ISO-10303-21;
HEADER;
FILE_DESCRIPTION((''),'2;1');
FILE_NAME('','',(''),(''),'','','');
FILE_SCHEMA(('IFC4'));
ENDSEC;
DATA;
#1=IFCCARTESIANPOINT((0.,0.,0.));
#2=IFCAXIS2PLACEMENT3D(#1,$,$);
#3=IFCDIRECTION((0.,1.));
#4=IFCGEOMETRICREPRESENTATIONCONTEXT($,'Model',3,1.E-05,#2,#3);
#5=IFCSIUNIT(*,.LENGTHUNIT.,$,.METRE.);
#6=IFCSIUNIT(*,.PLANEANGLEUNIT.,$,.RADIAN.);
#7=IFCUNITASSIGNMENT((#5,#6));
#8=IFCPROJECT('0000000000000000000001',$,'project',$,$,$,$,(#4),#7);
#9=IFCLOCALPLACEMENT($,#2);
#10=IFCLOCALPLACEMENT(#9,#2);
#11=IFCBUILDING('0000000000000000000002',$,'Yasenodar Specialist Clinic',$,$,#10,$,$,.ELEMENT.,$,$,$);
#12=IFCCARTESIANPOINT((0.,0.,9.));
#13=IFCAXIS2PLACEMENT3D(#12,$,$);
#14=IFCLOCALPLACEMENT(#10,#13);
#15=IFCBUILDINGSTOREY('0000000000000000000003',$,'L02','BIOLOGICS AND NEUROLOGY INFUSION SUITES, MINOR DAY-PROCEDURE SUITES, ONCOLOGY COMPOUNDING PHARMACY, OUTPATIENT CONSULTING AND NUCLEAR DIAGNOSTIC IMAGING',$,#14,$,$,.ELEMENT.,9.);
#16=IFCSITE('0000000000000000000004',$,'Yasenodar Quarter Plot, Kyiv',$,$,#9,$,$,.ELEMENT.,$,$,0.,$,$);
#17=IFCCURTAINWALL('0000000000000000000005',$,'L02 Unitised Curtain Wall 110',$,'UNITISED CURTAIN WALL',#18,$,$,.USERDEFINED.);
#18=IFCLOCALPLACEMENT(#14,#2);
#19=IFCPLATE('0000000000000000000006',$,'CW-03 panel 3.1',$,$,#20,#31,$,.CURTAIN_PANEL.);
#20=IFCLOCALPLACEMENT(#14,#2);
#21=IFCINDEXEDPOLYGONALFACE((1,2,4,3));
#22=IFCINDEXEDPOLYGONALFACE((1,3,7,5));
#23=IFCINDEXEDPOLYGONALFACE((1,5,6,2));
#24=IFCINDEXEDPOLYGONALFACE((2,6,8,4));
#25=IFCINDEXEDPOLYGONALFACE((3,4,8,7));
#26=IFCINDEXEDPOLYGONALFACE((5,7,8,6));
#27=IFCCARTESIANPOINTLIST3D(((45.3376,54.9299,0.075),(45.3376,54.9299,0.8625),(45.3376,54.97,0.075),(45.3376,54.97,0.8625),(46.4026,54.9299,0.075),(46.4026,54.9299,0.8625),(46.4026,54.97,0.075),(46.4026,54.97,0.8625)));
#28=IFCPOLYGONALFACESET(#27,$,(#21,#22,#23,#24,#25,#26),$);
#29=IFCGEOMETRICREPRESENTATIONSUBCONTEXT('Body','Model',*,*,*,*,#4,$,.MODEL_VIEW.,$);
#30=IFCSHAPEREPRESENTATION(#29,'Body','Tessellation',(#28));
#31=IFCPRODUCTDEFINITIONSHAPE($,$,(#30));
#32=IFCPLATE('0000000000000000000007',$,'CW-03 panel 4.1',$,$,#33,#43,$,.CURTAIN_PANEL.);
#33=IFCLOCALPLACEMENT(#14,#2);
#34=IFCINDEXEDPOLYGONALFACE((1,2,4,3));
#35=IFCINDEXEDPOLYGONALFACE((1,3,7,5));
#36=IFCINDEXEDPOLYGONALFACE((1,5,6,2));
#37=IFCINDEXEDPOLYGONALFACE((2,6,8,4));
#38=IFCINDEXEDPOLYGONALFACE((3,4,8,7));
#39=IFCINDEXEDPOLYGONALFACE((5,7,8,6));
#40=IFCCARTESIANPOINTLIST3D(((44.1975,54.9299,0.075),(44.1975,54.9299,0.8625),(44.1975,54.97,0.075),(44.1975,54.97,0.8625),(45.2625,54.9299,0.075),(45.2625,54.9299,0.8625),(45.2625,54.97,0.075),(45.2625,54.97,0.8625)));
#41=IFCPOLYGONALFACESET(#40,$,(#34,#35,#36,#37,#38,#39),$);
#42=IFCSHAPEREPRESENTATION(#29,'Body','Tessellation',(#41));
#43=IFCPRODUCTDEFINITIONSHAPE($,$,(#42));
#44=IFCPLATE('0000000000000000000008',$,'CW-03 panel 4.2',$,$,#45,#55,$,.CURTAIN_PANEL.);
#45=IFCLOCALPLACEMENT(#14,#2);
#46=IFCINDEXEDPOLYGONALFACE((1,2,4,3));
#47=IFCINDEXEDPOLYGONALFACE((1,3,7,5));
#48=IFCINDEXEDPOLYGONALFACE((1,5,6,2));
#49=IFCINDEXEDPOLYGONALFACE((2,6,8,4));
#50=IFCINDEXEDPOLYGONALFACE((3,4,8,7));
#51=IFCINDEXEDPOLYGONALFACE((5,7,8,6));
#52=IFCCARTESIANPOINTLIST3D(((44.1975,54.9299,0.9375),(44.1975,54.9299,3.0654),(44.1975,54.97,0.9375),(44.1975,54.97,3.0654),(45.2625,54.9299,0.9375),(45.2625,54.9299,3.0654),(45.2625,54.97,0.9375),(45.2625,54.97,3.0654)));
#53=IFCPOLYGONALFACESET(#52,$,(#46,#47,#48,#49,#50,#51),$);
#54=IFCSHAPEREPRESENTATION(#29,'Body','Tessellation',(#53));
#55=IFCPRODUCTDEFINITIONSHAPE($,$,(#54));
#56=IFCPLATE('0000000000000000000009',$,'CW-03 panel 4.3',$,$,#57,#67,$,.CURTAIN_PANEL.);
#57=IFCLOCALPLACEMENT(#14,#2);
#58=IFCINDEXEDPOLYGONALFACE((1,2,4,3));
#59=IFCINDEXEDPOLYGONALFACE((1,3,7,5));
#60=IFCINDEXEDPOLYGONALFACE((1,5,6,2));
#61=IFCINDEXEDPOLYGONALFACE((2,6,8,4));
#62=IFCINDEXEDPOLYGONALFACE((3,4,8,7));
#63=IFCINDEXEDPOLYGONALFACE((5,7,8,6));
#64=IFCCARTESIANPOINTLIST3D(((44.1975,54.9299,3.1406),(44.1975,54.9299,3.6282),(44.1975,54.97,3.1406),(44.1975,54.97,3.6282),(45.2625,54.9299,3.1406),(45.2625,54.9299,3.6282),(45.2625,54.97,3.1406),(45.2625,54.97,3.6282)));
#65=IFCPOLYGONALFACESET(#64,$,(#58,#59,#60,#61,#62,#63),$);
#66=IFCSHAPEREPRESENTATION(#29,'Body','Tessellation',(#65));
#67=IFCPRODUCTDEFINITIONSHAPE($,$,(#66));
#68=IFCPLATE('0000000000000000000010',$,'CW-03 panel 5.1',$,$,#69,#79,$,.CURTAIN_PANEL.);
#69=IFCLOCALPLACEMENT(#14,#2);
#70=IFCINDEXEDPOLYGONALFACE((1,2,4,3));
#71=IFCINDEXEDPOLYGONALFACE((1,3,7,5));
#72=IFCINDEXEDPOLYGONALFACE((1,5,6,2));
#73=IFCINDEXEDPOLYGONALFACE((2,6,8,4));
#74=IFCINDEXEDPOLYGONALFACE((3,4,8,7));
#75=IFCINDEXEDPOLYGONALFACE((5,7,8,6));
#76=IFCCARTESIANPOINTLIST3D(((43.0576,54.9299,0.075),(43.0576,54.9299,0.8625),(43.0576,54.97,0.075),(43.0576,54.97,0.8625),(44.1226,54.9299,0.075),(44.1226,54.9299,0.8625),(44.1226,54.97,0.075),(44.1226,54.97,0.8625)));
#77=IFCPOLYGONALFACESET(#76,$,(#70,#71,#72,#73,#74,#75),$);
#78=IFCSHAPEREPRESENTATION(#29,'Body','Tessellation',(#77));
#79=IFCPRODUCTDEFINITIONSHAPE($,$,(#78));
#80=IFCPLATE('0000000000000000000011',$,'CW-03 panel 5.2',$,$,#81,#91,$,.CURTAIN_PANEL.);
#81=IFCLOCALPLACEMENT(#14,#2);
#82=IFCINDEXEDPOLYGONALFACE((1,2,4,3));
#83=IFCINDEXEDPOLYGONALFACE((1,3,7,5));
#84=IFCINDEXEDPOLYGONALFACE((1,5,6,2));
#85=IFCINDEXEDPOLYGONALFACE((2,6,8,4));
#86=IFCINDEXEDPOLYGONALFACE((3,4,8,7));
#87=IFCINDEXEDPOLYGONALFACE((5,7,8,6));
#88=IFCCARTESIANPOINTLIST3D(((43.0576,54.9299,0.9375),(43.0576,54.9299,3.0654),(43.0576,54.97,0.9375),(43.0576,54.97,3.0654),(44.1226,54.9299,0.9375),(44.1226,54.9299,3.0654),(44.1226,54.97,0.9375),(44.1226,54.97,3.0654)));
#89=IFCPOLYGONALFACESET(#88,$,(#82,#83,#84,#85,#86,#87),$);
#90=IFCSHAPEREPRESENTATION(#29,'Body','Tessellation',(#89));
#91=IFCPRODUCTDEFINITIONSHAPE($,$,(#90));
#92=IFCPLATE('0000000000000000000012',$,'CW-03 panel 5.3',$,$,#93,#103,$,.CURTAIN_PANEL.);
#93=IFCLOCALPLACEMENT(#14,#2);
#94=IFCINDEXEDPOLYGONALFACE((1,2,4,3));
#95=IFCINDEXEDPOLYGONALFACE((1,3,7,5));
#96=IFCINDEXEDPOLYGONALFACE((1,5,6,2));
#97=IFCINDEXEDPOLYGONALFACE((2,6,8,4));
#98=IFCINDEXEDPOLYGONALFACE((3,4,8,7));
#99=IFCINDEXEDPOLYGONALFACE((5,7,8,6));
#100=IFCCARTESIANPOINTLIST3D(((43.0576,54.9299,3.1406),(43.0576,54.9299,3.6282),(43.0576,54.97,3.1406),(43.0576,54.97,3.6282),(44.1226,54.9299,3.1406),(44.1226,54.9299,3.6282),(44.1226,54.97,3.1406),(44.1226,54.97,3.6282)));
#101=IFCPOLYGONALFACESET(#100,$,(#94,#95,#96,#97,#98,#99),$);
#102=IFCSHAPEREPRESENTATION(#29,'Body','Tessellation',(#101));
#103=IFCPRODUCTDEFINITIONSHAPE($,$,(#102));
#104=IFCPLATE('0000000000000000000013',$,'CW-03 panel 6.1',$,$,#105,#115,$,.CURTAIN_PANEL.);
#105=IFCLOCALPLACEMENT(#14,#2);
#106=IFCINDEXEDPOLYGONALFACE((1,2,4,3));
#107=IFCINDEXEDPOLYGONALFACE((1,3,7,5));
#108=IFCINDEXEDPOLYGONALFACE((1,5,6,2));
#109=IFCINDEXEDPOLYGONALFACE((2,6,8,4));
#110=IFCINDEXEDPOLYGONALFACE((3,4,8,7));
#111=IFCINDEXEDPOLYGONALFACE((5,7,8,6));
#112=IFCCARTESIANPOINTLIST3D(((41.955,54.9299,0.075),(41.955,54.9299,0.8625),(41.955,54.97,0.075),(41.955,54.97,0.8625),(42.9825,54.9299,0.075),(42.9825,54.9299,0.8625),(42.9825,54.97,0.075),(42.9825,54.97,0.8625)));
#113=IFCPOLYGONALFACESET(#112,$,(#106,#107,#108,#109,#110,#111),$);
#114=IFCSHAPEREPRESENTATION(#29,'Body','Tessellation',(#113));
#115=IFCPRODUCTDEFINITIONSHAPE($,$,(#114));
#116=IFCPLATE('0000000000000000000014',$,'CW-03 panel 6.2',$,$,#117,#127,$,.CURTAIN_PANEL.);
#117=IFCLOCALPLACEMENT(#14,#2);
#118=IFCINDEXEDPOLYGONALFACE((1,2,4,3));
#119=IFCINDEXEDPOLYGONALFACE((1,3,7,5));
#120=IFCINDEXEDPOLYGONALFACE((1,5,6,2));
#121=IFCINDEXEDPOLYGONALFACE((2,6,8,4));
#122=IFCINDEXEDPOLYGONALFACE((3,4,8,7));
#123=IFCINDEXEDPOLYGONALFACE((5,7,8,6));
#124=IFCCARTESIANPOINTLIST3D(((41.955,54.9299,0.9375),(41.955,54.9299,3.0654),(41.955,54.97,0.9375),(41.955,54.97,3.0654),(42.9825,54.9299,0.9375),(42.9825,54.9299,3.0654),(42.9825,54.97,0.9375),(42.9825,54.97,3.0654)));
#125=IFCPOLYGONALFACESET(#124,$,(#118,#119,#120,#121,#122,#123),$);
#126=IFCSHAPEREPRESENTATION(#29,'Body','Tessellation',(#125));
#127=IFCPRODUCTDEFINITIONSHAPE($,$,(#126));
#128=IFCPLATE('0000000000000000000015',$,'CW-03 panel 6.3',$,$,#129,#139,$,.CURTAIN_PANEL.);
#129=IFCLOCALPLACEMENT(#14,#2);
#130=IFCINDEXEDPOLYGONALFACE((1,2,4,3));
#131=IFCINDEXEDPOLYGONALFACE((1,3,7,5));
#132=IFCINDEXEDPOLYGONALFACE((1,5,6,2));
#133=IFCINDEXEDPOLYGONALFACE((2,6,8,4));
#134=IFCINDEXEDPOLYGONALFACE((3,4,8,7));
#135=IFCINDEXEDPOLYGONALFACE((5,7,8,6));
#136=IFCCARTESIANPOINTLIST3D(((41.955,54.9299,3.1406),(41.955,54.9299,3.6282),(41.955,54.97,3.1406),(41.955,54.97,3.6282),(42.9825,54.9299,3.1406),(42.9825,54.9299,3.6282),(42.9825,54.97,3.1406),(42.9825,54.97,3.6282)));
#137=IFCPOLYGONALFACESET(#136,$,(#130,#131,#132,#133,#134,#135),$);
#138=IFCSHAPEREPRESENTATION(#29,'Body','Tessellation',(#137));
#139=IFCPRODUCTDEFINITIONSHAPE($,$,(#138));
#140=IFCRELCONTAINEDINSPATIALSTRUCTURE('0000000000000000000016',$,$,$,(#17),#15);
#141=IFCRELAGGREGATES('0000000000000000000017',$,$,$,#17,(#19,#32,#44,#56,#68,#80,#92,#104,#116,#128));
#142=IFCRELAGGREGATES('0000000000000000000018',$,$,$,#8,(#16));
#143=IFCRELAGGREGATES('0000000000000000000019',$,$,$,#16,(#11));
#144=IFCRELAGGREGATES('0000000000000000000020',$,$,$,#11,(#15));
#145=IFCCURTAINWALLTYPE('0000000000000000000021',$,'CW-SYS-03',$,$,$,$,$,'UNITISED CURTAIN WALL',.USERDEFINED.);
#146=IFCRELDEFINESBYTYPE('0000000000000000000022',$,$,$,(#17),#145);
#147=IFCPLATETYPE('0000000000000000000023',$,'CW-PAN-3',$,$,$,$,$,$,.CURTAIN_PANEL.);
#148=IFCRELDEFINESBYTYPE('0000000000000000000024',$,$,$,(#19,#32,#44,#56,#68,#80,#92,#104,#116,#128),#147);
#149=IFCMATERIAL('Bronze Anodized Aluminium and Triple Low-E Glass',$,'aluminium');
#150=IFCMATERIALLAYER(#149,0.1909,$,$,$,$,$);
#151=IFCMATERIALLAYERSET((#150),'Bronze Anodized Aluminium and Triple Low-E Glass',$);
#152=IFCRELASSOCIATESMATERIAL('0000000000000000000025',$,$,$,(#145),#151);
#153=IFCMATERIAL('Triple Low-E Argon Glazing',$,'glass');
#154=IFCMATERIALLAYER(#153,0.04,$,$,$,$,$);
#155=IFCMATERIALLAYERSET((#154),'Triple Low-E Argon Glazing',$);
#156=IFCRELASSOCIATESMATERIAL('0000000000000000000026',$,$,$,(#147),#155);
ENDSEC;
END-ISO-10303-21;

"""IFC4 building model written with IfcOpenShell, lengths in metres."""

from ifc_helpers import new_model, si_unit, direction, frame, origin, origin_2d, place, context, subcontext, project, spatial, rectangle, extrude, material, layer, layer_set, type_object, element, aggregate, save


model = new_model("IFC4")

# Units and contexts
model_context = context("Model", 3, precision=1e-05, world=origin(), true_north=direction((0.0, 1.0)))
body_context = subcontext(model_context, "Body", "Model", "MODEL_VIEW")
ifc_project = project(units=[si_unit("LENGTHUNIT", "METRE"), si_unit("PLANEANGLEUNIT", "RADIAN")], contexts=[model_context])

# Site, building, storey
site_placement = place(None, origin())
site = spatial("IfcSite", under=ifc_project, at=site_placement, Name="Yasenodar Quarter Plot, Kyiv", CompositionType="ELEMENT", RefElevation=0.0)
building_placement = place(site_placement, origin())
building = spatial("IfcBuilding", under=site, at=building_placement, Name="Yasenodar Specialist Clinic", CompositionType="ELEMENT")
storey_placement = place(building_placement, frame((0.0, 0.0, 9.0)))
storey = spatial("IfcBuildingStorey", under=building, at=storey_placement, Name="L02", Description="BIOLOGICS AND NEUROLOGY INFUSION SUITES, MINOR DAY-PROCEDURE SUITES, ONCOLOGY COMPOUNDING PHARMACY, OUTPATIENT CONSULTING AND NUCLEAR DIAGNOSTIC IMAGING", CompositionType="ELEMENT", Elevation=9.0)

# Curtain wall
ifc_material_1 = material(Name="Bronze Anodized Aluminium and Triple Low-E Glass", Category="aluminium")
ifc_layer_1 = layer(ifc_material_1, 0.1909)
ifc_layer_set_1 = layer_set([ifc_layer_1], Name="Bronze Anodized Aluminium and Triple Low-E Glass")
curtain_wall_type = type_object("IfcCurtainWallType", Name="CW-SYS-03", ElementType="UNITISED CURTAIN WALL", PredefinedType="USERDEFINED", material=ifc_layer_set_1)
curtain_wall_1_placement = place(storey_placement, origin())
curtain_wall_1 = element("IfcCurtainWall", 1, at=curtain_wall_1_placement, inside=storey, type_object=curtain_wall_type, Name="L02 Unitised Curtain Wall 110", ObjectType="UNITISED CURTAIN WALL", PredefinedType="USERDEFINED")

# Plates
ifc_material_2 = material(Name="Triple Low-E Argon Glazing", Category="glass")
ifc_layer_2 = layer(ifc_material_2, 0.04)
ifc_layer_set_2 = layer_set([ifc_layer_2], Name="Triple Low-E Argon Glazing")
plate_type_1 = type_object("IfcPlateType", Name="CW-PAN-3", PredefinedType="CURTAIN_PANEL", material=ifc_layer_set_2)
plate_1_placement = place(storey_placement, frame((45.8701, 54.95, 0.075), z_axis=(0.0, 0.0, 1.0), x_axis=(-1.0, 0.0, 0.0)))
plate_1 = element("IfcPlate", 2, at=plate_1_placement, type_object=plate_type_1, Name="CW-03 panel 3.1", PredefinedType="CURTAIN_PANEL", context=body_context, shape_type="SweptSolid", body=[
    extrude(rectangle(XDim=1.0649, YDim=0.04, at=origin_2d()), origin(), (0.0, 0.0, 1.0), 0.7876),
])
plate_2_placement = place(storey_placement, frame((44.73, 54.95, 0.075), z_axis=(0.0, 0.0, 1.0), x_axis=(-1.0, 0.0, 0.0)))
plate_2 = element("IfcPlate", 3, at=plate_2_placement, type_object=plate_type_1, Name="CW-03 panel 4.1", PredefinedType="CURTAIN_PANEL", context=body_context, shape_type="SweptSolid", body=[
    extrude(rectangle(XDim=1.0649, YDim=0.04, at=origin_2d()), origin(), (0.0, 0.0, 1.0), 0.7876),
])
plate_3_placement = place(storey_placement, frame((44.73, 54.95, 0.9375), z_axis=(0.0, 0.0, 1.0), x_axis=(-1.0, 0.0, 0.0)))
plate_3 = element("IfcPlate", 4, at=plate_3_placement, type_object=plate_type_1, Name="CW-03 panel 4.2", PredefinedType="CURTAIN_PANEL", context=body_context, shape_type="SweptSolid", body=[
    extrude(rectangle(XDim=1.0649, YDim=0.04, at=origin_2d()), origin(), (0.0, 0.0, 1.0), 2.1279),
])
plate_4_placement = place(storey_placement, frame((44.73, 54.95, 3.1406), z_axis=(0.0, 0.0, 1.0), x_axis=(-1.0, 0.0, 0.0)))
plate_4 = element("IfcPlate", 5, at=plate_4_placement, type_object=plate_type_1, Name="CW-03 panel 4.3", PredefinedType="CURTAIN_PANEL", context=body_context, shape_type="SweptSolid", body=[
    extrude(rectangle(XDim=1.0649, YDim=0.04, at=origin_2d()), origin(), (0.0, 0.0, 1.0), 0.4875),
])
plate_5_placement = place(storey_placement, frame((43.5901, 54.95, 0.075), z_axis=(0.0, 0.0, 1.0), x_axis=(-1.0, 0.0, 0.0)))
plate_5 = element("IfcPlate", 6, at=plate_5_placement, type_object=plate_type_1, Name="CW-03 panel 5.1", PredefinedType="CURTAIN_PANEL", context=body_context, shape_type="SweptSolid", body=[
    extrude(rectangle(XDim=1.0649, YDim=0.04, at=origin_2d()), origin(), (0.0, 0.0, 1.0), 0.7876),
])
plate_6_placement = place(storey_placement, frame((43.5901, 54.95, 0.9375), z_axis=(0.0, 0.0, 1.0), x_axis=(-1.0, 0.0, 0.0)))
plate_6 = element("IfcPlate", 7, at=plate_6_placement, type_object=plate_type_1, Name="CW-03 panel 5.2", PredefinedType="CURTAIN_PANEL", context=body_context, shape_type="SweptSolid", body=[
    extrude(rectangle(XDim=1.0649, YDim=0.04, at=origin_2d()), origin(), (0.0, 0.0, 1.0), 2.1279),
])
plate_7_placement = place(storey_placement, frame((43.5901, 54.95, 3.1406), z_axis=(0.0, 0.0, 1.0), x_axis=(-1.0, 0.0, 0.0)))
plate_7 = element("IfcPlate", 8, at=plate_7_placement, type_object=plate_type_1, Name="CW-03 panel 5.3", PredefinedType="CURTAIN_PANEL", context=body_context, shape_type="SweptSolid", body=[
    extrude(rectangle(XDim=1.0649, YDim=0.04, at=origin_2d()), origin(), (0.0, 0.0, 1.0), 0.4875),
])
plate_8_placement = place(storey_placement, frame((42.4688, 54.95, 0.075), z_axis=(0.0, 0.0, 1.0), x_axis=(-1.0, 0.0, 0.0)))
plate_8 = element("IfcPlate", 9, at=plate_8_placement, type_object=plate_type_1, Name="CW-03 panel 6.1", PredefinedType="CURTAIN_PANEL", context=body_context, shape_type="SweptSolid", body=[
    extrude(rectangle(XDim=1.0276, YDim=0.04, at=origin_2d()), origin(), (0.0, 0.0, 1.0), 0.7876),
])
plate_9_placement = place(storey_placement, frame((42.4688, 54.95, 0.9375), z_axis=(0.0, 0.0, 1.0), x_axis=(-1.0, 0.0, 0.0)))
plate_9 = element("IfcPlate", 10, at=plate_9_placement, type_object=plate_type_1, Name="CW-03 panel 6.2", PredefinedType="CURTAIN_PANEL", context=body_context, shape_type="SweptSolid", body=[
    extrude(rectangle(XDim=1.0276, YDim=0.04, at=origin_2d()), origin(), (0.0, 0.0, 1.0), 2.1279),
])
plate_10_placement = place(storey_placement, frame((42.4688, 54.95, 3.1406), z_axis=(0.0, 0.0, 1.0), x_axis=(-1.0, 0.0, 0.0)))
plate_10 = element("IfcPlate", 11, at=plate_10_placement, type_object=plate_type_1, Name="CW-03 panel 6.3", PredefinedType="CURTAIN_PANEL", context=body_context, shape_type="SweptSolid", body=[
    extrude(rectangle(XDim=1.0276, YDim=0.04, at=origin_2d()), origin(), (0.0, 0.0, 1.0), 0.4875),
])
aggregate(curtain_wall_1, [plate_1, plate_2, plate_3, plate_4, plate_5, plate_6, plate_7, plate_8, plate_9, plate_10])

save(model, "model.ifc")
